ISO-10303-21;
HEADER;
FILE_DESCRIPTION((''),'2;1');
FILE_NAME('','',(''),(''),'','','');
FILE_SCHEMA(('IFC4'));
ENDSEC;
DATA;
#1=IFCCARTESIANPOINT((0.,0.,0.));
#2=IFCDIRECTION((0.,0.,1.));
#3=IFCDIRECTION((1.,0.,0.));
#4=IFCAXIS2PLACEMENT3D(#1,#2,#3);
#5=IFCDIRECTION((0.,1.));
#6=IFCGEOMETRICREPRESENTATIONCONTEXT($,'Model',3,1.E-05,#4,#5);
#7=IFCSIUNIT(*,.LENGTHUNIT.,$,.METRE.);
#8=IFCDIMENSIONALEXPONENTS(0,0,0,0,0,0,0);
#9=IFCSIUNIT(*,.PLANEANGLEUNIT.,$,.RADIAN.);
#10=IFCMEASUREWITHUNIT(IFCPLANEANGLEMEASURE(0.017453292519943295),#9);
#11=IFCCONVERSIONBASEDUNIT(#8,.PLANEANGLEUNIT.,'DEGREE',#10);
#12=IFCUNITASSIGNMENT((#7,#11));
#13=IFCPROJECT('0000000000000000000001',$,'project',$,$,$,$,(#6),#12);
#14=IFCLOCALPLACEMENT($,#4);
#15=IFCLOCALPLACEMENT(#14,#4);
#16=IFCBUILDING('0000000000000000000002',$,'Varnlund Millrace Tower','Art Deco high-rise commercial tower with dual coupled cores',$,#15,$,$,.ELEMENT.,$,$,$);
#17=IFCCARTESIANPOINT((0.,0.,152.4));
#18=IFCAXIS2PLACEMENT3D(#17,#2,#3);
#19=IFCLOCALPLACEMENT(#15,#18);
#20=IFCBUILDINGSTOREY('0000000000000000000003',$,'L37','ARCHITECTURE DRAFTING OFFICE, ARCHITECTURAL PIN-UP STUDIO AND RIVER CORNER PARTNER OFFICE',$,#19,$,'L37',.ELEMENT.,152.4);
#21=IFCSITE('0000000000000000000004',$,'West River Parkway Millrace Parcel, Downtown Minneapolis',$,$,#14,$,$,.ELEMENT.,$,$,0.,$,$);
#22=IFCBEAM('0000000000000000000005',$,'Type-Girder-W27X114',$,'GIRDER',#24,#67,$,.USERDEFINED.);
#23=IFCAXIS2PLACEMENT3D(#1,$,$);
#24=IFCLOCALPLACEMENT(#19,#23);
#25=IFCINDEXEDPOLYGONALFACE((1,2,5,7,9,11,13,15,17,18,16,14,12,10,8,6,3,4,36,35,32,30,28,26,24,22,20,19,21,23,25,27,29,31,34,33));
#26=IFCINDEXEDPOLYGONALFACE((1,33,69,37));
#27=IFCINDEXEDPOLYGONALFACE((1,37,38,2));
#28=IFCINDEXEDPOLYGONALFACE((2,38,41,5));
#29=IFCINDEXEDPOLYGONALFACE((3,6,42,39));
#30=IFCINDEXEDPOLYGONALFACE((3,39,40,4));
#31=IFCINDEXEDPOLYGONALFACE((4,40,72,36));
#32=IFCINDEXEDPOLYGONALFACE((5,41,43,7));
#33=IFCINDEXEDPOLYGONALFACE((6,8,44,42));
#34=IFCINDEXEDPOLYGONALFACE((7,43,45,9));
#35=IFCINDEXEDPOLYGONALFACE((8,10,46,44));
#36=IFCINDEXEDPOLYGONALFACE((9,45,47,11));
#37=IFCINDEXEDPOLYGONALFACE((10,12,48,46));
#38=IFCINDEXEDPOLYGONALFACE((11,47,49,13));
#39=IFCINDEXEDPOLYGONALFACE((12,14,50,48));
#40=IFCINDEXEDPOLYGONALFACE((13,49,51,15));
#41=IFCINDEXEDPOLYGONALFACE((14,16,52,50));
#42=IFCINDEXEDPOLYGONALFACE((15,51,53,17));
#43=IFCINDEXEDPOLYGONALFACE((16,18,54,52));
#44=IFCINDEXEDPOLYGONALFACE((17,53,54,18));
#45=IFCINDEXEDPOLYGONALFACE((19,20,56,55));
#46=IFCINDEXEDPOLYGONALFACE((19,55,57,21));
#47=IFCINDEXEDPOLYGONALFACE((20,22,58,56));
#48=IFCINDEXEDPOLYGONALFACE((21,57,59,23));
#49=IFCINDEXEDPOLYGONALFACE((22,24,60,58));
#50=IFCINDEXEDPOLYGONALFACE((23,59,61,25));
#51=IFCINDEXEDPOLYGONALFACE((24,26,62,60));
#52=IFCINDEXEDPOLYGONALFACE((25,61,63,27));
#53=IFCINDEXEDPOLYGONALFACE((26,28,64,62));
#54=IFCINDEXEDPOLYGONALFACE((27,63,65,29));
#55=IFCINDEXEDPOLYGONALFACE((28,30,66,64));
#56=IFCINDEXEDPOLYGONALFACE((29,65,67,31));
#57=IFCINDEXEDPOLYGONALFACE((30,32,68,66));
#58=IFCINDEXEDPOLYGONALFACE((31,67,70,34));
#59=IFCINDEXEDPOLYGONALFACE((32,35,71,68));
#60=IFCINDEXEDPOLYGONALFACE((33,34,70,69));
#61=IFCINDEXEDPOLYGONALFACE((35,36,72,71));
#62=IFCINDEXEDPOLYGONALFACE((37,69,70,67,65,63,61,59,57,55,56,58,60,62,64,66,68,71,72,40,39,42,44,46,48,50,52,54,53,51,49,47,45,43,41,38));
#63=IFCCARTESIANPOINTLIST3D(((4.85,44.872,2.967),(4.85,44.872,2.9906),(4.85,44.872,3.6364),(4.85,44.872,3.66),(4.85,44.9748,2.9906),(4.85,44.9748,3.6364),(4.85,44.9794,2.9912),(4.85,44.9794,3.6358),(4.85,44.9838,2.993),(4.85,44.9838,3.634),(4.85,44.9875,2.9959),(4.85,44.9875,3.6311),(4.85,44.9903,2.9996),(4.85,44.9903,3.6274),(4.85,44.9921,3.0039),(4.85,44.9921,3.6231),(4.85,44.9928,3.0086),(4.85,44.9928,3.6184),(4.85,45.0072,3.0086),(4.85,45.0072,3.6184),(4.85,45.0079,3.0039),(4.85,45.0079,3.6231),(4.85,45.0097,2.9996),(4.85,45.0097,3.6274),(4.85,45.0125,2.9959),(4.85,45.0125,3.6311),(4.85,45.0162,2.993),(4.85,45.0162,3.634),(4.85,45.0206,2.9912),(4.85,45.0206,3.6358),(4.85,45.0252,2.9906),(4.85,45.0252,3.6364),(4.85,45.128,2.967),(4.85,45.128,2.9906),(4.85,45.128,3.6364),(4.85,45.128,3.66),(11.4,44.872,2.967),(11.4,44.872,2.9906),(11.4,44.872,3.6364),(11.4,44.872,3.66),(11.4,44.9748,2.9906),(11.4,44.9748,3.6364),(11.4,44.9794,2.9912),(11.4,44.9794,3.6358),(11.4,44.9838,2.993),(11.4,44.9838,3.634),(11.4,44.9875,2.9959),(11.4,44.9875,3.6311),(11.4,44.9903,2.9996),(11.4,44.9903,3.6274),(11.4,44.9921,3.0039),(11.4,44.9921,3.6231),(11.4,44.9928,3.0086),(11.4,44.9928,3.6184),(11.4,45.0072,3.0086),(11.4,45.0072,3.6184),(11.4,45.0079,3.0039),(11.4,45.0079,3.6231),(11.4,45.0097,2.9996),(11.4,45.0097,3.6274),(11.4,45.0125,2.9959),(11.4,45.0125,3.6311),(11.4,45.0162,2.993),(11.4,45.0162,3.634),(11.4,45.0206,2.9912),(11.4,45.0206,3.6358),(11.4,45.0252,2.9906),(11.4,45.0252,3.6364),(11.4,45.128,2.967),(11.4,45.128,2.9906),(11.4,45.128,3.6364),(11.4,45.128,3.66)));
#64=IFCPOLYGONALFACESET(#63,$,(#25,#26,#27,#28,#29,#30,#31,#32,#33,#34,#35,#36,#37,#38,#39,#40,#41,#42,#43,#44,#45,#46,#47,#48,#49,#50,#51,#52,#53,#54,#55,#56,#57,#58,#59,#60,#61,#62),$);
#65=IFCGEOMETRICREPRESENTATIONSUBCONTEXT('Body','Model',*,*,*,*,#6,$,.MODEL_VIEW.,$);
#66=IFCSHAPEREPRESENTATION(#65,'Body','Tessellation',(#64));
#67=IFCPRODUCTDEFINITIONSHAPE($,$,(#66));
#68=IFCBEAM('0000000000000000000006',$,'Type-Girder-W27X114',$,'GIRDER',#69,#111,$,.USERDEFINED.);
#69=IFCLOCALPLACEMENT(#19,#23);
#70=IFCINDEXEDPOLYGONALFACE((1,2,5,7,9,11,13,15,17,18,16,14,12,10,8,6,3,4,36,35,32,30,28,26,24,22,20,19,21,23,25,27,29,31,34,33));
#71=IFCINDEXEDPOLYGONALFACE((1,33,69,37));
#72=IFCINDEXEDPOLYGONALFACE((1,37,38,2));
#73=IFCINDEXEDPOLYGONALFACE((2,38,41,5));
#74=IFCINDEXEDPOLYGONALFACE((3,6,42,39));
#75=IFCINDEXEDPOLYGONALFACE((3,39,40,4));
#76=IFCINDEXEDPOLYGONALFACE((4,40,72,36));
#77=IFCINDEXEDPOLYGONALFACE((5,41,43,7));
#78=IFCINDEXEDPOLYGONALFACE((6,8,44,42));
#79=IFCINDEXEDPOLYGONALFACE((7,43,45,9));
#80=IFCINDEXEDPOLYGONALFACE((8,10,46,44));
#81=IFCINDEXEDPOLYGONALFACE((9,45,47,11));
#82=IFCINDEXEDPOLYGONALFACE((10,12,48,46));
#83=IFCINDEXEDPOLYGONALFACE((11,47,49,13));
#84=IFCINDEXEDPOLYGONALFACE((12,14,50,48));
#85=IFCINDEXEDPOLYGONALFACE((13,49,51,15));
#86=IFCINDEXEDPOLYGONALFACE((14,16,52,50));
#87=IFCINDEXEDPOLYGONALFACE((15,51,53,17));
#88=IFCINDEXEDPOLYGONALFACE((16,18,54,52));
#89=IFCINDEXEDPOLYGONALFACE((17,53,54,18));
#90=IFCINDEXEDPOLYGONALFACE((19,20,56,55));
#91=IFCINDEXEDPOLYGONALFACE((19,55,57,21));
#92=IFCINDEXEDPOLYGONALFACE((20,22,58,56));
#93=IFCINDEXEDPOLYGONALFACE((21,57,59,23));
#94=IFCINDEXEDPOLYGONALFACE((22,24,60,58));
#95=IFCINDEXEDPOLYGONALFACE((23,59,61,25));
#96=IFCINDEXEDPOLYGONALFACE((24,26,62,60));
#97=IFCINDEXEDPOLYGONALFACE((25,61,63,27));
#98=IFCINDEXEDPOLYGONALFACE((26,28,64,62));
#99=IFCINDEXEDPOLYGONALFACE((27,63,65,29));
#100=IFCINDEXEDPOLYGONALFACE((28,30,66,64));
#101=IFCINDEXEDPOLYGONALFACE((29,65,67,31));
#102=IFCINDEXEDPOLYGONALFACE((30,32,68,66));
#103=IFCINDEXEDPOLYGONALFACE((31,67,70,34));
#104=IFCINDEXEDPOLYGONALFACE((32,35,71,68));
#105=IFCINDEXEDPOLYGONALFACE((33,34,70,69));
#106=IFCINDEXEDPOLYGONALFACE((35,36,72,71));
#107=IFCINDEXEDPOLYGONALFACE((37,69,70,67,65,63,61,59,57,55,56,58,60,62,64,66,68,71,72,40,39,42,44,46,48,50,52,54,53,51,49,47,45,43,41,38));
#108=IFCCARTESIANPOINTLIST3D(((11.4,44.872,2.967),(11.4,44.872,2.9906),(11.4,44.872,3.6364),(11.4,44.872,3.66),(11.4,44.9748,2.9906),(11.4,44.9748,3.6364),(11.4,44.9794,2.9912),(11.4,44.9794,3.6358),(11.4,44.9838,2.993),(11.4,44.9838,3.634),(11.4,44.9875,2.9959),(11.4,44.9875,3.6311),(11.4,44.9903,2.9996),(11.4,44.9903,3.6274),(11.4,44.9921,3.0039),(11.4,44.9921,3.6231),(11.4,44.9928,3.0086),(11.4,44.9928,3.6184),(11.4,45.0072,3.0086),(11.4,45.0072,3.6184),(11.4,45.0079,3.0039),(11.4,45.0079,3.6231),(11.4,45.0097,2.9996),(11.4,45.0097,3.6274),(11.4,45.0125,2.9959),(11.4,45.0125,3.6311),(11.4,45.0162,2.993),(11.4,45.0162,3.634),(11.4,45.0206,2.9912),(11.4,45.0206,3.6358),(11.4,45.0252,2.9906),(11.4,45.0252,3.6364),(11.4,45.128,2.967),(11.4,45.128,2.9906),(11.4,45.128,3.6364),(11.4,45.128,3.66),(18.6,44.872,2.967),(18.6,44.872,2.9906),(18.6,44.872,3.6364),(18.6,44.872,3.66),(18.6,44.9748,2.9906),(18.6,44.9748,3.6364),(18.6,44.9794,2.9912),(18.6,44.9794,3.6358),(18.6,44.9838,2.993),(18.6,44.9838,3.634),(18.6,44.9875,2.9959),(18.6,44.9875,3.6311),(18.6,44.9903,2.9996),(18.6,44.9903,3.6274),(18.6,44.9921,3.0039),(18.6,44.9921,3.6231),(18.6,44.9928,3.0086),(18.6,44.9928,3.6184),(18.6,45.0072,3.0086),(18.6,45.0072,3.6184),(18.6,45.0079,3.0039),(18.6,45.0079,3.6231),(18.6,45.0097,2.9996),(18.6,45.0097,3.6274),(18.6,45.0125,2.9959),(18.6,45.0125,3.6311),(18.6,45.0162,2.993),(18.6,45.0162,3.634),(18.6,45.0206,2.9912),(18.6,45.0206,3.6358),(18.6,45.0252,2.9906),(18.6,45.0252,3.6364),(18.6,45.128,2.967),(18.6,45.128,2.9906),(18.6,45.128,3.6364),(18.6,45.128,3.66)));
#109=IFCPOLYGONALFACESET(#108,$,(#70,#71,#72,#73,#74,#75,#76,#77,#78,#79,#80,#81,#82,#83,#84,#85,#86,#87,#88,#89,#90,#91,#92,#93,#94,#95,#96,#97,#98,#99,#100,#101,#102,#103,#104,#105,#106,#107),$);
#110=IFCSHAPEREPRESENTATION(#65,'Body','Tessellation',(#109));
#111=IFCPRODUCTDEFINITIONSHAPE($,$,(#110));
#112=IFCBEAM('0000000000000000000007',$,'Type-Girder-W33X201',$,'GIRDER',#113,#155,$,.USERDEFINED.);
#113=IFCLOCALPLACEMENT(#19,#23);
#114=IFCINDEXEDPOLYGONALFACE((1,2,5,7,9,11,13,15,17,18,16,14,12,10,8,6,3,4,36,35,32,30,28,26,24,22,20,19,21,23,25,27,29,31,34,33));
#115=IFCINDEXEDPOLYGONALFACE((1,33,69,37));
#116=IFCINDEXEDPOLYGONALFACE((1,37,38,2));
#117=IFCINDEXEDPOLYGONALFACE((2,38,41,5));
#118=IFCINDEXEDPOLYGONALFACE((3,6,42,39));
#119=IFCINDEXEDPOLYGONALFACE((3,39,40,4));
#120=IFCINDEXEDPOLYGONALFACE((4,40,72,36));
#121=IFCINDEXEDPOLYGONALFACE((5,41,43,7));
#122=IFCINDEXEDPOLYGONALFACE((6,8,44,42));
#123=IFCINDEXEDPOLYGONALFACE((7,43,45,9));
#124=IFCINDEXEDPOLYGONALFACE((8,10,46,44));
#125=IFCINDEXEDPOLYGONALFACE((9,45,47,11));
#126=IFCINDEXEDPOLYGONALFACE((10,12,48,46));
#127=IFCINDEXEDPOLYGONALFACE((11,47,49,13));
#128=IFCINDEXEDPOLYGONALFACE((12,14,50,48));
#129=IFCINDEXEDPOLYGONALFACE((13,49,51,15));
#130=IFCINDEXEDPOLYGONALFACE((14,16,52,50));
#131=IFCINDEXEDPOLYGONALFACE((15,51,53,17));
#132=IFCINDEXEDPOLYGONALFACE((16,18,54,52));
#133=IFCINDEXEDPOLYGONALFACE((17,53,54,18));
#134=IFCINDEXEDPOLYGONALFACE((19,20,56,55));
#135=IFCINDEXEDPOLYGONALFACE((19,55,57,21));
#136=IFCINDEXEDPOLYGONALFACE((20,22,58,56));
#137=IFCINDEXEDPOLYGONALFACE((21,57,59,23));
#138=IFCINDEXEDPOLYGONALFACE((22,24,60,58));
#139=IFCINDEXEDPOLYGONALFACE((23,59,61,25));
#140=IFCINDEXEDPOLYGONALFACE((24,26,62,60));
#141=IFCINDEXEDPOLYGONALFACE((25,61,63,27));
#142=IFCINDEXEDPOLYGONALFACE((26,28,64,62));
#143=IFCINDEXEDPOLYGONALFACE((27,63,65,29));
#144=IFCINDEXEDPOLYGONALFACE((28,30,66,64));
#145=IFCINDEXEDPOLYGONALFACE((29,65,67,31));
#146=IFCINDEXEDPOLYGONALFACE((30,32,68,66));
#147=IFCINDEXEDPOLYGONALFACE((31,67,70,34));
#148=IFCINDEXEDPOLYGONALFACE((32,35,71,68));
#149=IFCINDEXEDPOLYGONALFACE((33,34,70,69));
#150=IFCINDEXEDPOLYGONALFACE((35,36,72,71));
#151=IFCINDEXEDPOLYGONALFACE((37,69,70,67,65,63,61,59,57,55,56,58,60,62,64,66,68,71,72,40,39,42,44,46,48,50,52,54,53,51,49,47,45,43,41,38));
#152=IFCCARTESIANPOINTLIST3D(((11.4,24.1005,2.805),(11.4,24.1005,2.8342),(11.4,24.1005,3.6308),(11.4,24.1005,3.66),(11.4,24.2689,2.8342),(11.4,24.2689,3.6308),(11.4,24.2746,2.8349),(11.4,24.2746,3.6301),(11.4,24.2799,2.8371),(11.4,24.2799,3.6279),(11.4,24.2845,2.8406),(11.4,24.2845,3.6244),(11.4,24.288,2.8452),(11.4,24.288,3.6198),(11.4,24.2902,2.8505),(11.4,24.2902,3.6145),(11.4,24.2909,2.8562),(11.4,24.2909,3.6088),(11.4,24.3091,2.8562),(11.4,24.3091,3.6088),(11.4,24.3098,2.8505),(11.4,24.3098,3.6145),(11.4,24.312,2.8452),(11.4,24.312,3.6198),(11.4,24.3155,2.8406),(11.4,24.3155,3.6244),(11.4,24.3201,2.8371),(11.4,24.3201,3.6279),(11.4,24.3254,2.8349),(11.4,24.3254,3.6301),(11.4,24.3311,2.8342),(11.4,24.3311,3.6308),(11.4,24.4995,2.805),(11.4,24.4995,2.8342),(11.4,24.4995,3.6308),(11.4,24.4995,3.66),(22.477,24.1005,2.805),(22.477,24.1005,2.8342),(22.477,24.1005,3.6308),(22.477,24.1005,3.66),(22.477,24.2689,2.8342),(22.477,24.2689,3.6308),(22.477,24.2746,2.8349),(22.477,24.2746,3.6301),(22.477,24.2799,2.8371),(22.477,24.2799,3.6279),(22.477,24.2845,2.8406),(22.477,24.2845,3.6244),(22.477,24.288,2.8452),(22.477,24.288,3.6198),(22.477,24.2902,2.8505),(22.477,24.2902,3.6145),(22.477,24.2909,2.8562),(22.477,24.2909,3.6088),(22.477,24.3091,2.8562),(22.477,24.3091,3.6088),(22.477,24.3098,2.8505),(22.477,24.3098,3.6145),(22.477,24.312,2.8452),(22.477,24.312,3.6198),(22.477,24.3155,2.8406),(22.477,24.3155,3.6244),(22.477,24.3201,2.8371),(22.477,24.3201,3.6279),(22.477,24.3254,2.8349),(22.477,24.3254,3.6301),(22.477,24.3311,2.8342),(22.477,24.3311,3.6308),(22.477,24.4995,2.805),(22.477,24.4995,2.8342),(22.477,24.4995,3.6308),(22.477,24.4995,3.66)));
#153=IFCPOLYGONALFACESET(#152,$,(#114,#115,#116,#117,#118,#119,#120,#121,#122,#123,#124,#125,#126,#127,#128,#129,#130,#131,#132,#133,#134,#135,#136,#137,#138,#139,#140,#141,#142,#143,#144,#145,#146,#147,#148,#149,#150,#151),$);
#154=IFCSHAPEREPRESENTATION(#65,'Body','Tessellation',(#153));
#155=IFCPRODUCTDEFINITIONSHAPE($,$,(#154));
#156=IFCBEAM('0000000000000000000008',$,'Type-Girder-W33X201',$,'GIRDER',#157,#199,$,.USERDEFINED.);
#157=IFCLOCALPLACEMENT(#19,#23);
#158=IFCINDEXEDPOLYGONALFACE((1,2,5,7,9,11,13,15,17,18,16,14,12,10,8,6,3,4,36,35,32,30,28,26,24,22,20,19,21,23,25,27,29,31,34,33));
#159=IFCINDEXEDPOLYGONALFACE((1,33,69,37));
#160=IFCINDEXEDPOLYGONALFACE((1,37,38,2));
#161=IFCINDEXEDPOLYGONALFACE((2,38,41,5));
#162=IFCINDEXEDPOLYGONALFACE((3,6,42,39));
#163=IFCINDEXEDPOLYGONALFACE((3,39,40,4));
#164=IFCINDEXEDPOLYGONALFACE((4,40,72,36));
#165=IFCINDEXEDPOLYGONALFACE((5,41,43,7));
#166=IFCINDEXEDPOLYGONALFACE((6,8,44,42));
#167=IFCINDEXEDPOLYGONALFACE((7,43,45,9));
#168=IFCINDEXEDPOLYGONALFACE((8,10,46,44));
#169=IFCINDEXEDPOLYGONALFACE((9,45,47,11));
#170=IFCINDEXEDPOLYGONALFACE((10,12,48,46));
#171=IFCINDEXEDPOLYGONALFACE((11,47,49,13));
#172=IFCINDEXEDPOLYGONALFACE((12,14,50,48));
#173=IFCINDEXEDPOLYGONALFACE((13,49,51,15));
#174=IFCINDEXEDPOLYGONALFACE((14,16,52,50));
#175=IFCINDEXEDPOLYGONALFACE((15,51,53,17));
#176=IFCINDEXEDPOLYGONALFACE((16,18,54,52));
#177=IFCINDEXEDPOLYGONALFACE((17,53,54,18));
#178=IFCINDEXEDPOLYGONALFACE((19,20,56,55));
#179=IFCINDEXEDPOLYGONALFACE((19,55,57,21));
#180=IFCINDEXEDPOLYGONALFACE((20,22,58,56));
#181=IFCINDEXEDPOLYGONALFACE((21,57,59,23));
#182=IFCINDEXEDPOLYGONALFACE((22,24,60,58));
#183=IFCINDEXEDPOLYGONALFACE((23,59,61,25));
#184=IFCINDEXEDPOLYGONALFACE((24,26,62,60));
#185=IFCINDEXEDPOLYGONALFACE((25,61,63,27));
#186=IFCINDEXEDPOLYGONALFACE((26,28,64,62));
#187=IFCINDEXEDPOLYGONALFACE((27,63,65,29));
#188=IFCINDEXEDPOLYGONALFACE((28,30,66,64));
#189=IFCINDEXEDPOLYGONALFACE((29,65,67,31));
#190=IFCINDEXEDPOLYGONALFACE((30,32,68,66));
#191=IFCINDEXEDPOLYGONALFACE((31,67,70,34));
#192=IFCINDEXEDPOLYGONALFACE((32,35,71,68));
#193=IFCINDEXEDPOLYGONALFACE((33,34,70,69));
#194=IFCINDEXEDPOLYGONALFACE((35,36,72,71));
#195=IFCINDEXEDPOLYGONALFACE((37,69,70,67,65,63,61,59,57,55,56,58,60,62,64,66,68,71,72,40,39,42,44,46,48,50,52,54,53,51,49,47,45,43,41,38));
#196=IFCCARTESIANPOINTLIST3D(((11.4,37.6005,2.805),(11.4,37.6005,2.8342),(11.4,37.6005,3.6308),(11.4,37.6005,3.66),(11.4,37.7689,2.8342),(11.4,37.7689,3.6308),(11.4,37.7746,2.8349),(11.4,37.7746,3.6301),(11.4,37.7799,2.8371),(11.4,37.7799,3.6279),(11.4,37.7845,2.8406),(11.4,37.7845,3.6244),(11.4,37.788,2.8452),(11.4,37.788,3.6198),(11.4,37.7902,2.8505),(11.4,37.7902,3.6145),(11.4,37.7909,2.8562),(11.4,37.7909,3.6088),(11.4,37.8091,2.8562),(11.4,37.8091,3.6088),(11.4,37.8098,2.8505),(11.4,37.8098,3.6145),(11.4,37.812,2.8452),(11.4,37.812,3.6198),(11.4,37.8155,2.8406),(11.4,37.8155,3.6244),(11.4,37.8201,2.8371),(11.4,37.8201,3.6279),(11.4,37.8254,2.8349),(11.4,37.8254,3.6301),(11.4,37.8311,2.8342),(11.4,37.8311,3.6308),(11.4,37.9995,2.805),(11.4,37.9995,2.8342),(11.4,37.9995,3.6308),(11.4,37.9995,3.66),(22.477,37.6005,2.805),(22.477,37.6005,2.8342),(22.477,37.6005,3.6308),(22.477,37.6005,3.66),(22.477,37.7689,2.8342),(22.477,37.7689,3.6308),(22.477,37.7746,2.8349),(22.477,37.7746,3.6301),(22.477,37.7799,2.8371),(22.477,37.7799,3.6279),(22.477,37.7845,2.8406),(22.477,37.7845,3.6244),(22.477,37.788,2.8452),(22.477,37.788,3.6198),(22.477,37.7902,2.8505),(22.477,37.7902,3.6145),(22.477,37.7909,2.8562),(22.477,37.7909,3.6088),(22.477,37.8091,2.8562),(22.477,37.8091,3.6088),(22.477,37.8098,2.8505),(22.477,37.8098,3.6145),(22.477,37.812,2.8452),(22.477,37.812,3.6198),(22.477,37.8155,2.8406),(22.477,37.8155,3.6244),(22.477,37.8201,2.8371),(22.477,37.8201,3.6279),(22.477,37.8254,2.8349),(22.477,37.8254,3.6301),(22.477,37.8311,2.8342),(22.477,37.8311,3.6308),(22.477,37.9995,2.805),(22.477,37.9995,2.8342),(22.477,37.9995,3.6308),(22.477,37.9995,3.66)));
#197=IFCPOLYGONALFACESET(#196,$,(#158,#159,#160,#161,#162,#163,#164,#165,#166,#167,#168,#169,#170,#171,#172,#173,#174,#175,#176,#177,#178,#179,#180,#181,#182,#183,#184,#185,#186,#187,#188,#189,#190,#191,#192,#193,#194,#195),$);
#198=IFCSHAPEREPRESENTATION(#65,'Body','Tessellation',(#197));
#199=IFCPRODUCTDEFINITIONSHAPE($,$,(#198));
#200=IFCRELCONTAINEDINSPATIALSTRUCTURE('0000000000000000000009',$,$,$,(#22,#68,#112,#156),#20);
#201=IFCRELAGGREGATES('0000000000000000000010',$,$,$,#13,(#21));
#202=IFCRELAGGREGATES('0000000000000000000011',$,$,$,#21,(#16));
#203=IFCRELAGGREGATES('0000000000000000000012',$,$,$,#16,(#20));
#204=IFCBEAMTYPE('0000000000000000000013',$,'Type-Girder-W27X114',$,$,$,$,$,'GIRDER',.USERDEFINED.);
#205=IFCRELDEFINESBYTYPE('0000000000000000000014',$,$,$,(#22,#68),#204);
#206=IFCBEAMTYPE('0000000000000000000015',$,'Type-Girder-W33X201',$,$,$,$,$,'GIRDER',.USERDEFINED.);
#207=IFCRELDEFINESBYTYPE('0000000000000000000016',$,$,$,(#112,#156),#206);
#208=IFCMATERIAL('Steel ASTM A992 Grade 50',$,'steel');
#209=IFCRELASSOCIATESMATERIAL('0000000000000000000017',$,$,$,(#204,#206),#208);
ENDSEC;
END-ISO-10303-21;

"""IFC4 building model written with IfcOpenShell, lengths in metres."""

from ifc_helpers import new_model, entity, si_unit, converted_unit, direction, frame, origin_with_axes, origin_2d_with_axis, place, context, subcontext, project, spatial, i_section, extrude, material, material_profile, profile_set, type_object, element, save


model = new_model("IFC4")

# Units and contexts
model_context = context("Model", 3, precision=1e-05, world=origin_with_axes(), true_north=direction((0.0, 1.0)))
body_context = subcontext(model_context, "Body", "Model", "MODEL_VIEW")
ifc_project = project(units=[si_unit("LENGTHUNIT", "METRE"), converted_unit("PLANEANGLEUNIT", "DEGREE", entity("IfcPlaneAngleMeasure", 0.017453292519943295), si_unit("PLANEANGLEUNIT", "RADIAN"), dimensions=[0, 0, 0, 0, 0, 0, 0])], contexts=[model_context])

# Site, building, storey
site_placement = place(None, origin_with_axes())
site = spatial("IfcSite", under=ifc_project, at=site_placement, Name="West River Parkway Millrace Parcel, Downtown Minneapolis", CompositionType="ELEMENT", RefElevation=0.0)
building_placement = place(site_placement, origin_with_axes())
building = spatial("IfcBuilding", under=site, at=building_placement, Name="Varnlund Millrace Tower", Description="Art Deco high-rise commercial tower with dual coupled cores", CompositionType="ELEMENT")
storey_placement = place(building_placement, frame((0.0, 0.0, 152.4), z_axis=(0.0, 0.0, 1.0), x_axis=(1.0, 0.0, 0.0)))
storey = spatial("IfcBuildingStorey", under=building, at=storey_placement, Name="L37", Description="ARCHITECTURE DRAFTING OFFICE, ARCHITECTURAL PIN-UP STUDIO AND RIVER CORNER PARTNER OFFICE", LongName="L37", CompositionType="ELEMENT", Elevation=152.4)

# Beams
ifc_material_1 = material(Name="Steel ASTM A992 Grade 50", Category="steel")
ifc_material_profile_1 = material_profile(ifc_material_1, i_section(OverallWidth=0.256, OverallDepth=0.693, WebThickness=0.0145, FlangeThickness=0.0236, FilletRadius=0.018, at=origin_2d_with_axis()), Name="Steel ASTM A992 Grade 50")
ifc_profile_set_1 = profile_set([ifc_material_profile_1], Name="Steel ASTM A992 Grade 50")
beam_type_1 = type_object("IfcBeamType", Name="Type-Girder-W27X114", ElementType="GIRDER", PredefinedType="USERDEFINED", material=ifc_profile_set_1)
beam_1_placement = place(storey_placement, frame((4.85, 45.0, 3.3135), z_axis=(1.0, 0.0, 0.0), x_axis=(0.0, 1.0, 0.0)))
element("IfcBeam", 1, at=beam_1_placement, inside=storey, type_object=beam_type_1, Name="Type-Girder-W27X114", ObjectType="GIRDER", PredefinedType="USERDEFINED", context=body_context, shape_type="SweptSolid", body=[
    extrude(i_section(OverallWidth=0.256, OverallDepth=0.693, WebThickness=0.0145, FlangeThickness=0.0236, FilletRadius=0.018, at=origin_2d_with_axis()), origin_with_axes(), (0.0, 0.0, 1.0), 6.55),
])
beam_2_placement = place(storey_placement, frame((11.4, 45.0, 3.3135), z_axis=(1.0, 0.0, 0.0), x_axis=(0.0, 1.0, 0.0)))
element("IfcBeam", 2, at=beam_2_placement, inside=storey, type_object=beam_type_1, Name="Type-Girder-W27X114", ObjectType="GIRDER", PredefinedType="USERDEFINED", context=body_context, shape_type="SweptSolid", body=[
    extrude(i_section(OverallWidth=0.256, OverallDepth=0.693, WebThickness=0.0145, FlangeThickness=0.0236, FilletRadius=0.018, at=origin_2d_with_axis()), origin_with_axes(), (0.0, 0.0, 1.0), 7.2),
])
ifc_material_profile_2 = material_profile(ifc_material_1, i_section(OverallWidth=0.399, OverallDepth=0.855, WebThickness=0.0182, FlangeThickness=0.0292, FilletRadius=0.022, at=origin_2d_with_axis()), Name="Steel ASTM A992 Grade 50")
ifc_profile_set_2 = profile_set([ifc_material_profile_2], Name="Steel ASTM A992 Grade 50")
beam_type_2 = type_object("IfcBeamType", Name="Type-Girder-W33X201", ElementType="GIRDER", PredefinedType="USERDEFINED", material=ifc_profile_set_2)
for number, where, z_axis, x_axis, name in (
    (3, (11.4, 24.3, 3.2325), (1.0, 0.0, 0.0), (0.0, 1.0, 0.0), "Type-Girder-W33X201"),
    (4, (11.4, 37.8, 3.2325), (1.0, 0.0, 0.0), (0.0, 1.0, 0.0), "Type-Girder-W33X201"),
):
    element("IfcBeam", number, at=place(storey_placement, frame(where, z_axis=z_axis, x_axis=x_axis)), inside=storey, type_object=beam_type_2, Name=name, ObjectType="GIRDER", PredefinedType="USERDEFINED", context=body_context, shape_type="SweptSolid", body=[
        extrude(i_section(OverallWidth=0.399, OverallDepth=0.855, WebThickness=0.0182, FlangeThickness=0.0292, FilletRadius=0.022, at=origin_2d_with_axis()), origin_with_axes(), (0.0, 0.0, 1.0), 11.077),
    ])

save(model, "model.ifc")
